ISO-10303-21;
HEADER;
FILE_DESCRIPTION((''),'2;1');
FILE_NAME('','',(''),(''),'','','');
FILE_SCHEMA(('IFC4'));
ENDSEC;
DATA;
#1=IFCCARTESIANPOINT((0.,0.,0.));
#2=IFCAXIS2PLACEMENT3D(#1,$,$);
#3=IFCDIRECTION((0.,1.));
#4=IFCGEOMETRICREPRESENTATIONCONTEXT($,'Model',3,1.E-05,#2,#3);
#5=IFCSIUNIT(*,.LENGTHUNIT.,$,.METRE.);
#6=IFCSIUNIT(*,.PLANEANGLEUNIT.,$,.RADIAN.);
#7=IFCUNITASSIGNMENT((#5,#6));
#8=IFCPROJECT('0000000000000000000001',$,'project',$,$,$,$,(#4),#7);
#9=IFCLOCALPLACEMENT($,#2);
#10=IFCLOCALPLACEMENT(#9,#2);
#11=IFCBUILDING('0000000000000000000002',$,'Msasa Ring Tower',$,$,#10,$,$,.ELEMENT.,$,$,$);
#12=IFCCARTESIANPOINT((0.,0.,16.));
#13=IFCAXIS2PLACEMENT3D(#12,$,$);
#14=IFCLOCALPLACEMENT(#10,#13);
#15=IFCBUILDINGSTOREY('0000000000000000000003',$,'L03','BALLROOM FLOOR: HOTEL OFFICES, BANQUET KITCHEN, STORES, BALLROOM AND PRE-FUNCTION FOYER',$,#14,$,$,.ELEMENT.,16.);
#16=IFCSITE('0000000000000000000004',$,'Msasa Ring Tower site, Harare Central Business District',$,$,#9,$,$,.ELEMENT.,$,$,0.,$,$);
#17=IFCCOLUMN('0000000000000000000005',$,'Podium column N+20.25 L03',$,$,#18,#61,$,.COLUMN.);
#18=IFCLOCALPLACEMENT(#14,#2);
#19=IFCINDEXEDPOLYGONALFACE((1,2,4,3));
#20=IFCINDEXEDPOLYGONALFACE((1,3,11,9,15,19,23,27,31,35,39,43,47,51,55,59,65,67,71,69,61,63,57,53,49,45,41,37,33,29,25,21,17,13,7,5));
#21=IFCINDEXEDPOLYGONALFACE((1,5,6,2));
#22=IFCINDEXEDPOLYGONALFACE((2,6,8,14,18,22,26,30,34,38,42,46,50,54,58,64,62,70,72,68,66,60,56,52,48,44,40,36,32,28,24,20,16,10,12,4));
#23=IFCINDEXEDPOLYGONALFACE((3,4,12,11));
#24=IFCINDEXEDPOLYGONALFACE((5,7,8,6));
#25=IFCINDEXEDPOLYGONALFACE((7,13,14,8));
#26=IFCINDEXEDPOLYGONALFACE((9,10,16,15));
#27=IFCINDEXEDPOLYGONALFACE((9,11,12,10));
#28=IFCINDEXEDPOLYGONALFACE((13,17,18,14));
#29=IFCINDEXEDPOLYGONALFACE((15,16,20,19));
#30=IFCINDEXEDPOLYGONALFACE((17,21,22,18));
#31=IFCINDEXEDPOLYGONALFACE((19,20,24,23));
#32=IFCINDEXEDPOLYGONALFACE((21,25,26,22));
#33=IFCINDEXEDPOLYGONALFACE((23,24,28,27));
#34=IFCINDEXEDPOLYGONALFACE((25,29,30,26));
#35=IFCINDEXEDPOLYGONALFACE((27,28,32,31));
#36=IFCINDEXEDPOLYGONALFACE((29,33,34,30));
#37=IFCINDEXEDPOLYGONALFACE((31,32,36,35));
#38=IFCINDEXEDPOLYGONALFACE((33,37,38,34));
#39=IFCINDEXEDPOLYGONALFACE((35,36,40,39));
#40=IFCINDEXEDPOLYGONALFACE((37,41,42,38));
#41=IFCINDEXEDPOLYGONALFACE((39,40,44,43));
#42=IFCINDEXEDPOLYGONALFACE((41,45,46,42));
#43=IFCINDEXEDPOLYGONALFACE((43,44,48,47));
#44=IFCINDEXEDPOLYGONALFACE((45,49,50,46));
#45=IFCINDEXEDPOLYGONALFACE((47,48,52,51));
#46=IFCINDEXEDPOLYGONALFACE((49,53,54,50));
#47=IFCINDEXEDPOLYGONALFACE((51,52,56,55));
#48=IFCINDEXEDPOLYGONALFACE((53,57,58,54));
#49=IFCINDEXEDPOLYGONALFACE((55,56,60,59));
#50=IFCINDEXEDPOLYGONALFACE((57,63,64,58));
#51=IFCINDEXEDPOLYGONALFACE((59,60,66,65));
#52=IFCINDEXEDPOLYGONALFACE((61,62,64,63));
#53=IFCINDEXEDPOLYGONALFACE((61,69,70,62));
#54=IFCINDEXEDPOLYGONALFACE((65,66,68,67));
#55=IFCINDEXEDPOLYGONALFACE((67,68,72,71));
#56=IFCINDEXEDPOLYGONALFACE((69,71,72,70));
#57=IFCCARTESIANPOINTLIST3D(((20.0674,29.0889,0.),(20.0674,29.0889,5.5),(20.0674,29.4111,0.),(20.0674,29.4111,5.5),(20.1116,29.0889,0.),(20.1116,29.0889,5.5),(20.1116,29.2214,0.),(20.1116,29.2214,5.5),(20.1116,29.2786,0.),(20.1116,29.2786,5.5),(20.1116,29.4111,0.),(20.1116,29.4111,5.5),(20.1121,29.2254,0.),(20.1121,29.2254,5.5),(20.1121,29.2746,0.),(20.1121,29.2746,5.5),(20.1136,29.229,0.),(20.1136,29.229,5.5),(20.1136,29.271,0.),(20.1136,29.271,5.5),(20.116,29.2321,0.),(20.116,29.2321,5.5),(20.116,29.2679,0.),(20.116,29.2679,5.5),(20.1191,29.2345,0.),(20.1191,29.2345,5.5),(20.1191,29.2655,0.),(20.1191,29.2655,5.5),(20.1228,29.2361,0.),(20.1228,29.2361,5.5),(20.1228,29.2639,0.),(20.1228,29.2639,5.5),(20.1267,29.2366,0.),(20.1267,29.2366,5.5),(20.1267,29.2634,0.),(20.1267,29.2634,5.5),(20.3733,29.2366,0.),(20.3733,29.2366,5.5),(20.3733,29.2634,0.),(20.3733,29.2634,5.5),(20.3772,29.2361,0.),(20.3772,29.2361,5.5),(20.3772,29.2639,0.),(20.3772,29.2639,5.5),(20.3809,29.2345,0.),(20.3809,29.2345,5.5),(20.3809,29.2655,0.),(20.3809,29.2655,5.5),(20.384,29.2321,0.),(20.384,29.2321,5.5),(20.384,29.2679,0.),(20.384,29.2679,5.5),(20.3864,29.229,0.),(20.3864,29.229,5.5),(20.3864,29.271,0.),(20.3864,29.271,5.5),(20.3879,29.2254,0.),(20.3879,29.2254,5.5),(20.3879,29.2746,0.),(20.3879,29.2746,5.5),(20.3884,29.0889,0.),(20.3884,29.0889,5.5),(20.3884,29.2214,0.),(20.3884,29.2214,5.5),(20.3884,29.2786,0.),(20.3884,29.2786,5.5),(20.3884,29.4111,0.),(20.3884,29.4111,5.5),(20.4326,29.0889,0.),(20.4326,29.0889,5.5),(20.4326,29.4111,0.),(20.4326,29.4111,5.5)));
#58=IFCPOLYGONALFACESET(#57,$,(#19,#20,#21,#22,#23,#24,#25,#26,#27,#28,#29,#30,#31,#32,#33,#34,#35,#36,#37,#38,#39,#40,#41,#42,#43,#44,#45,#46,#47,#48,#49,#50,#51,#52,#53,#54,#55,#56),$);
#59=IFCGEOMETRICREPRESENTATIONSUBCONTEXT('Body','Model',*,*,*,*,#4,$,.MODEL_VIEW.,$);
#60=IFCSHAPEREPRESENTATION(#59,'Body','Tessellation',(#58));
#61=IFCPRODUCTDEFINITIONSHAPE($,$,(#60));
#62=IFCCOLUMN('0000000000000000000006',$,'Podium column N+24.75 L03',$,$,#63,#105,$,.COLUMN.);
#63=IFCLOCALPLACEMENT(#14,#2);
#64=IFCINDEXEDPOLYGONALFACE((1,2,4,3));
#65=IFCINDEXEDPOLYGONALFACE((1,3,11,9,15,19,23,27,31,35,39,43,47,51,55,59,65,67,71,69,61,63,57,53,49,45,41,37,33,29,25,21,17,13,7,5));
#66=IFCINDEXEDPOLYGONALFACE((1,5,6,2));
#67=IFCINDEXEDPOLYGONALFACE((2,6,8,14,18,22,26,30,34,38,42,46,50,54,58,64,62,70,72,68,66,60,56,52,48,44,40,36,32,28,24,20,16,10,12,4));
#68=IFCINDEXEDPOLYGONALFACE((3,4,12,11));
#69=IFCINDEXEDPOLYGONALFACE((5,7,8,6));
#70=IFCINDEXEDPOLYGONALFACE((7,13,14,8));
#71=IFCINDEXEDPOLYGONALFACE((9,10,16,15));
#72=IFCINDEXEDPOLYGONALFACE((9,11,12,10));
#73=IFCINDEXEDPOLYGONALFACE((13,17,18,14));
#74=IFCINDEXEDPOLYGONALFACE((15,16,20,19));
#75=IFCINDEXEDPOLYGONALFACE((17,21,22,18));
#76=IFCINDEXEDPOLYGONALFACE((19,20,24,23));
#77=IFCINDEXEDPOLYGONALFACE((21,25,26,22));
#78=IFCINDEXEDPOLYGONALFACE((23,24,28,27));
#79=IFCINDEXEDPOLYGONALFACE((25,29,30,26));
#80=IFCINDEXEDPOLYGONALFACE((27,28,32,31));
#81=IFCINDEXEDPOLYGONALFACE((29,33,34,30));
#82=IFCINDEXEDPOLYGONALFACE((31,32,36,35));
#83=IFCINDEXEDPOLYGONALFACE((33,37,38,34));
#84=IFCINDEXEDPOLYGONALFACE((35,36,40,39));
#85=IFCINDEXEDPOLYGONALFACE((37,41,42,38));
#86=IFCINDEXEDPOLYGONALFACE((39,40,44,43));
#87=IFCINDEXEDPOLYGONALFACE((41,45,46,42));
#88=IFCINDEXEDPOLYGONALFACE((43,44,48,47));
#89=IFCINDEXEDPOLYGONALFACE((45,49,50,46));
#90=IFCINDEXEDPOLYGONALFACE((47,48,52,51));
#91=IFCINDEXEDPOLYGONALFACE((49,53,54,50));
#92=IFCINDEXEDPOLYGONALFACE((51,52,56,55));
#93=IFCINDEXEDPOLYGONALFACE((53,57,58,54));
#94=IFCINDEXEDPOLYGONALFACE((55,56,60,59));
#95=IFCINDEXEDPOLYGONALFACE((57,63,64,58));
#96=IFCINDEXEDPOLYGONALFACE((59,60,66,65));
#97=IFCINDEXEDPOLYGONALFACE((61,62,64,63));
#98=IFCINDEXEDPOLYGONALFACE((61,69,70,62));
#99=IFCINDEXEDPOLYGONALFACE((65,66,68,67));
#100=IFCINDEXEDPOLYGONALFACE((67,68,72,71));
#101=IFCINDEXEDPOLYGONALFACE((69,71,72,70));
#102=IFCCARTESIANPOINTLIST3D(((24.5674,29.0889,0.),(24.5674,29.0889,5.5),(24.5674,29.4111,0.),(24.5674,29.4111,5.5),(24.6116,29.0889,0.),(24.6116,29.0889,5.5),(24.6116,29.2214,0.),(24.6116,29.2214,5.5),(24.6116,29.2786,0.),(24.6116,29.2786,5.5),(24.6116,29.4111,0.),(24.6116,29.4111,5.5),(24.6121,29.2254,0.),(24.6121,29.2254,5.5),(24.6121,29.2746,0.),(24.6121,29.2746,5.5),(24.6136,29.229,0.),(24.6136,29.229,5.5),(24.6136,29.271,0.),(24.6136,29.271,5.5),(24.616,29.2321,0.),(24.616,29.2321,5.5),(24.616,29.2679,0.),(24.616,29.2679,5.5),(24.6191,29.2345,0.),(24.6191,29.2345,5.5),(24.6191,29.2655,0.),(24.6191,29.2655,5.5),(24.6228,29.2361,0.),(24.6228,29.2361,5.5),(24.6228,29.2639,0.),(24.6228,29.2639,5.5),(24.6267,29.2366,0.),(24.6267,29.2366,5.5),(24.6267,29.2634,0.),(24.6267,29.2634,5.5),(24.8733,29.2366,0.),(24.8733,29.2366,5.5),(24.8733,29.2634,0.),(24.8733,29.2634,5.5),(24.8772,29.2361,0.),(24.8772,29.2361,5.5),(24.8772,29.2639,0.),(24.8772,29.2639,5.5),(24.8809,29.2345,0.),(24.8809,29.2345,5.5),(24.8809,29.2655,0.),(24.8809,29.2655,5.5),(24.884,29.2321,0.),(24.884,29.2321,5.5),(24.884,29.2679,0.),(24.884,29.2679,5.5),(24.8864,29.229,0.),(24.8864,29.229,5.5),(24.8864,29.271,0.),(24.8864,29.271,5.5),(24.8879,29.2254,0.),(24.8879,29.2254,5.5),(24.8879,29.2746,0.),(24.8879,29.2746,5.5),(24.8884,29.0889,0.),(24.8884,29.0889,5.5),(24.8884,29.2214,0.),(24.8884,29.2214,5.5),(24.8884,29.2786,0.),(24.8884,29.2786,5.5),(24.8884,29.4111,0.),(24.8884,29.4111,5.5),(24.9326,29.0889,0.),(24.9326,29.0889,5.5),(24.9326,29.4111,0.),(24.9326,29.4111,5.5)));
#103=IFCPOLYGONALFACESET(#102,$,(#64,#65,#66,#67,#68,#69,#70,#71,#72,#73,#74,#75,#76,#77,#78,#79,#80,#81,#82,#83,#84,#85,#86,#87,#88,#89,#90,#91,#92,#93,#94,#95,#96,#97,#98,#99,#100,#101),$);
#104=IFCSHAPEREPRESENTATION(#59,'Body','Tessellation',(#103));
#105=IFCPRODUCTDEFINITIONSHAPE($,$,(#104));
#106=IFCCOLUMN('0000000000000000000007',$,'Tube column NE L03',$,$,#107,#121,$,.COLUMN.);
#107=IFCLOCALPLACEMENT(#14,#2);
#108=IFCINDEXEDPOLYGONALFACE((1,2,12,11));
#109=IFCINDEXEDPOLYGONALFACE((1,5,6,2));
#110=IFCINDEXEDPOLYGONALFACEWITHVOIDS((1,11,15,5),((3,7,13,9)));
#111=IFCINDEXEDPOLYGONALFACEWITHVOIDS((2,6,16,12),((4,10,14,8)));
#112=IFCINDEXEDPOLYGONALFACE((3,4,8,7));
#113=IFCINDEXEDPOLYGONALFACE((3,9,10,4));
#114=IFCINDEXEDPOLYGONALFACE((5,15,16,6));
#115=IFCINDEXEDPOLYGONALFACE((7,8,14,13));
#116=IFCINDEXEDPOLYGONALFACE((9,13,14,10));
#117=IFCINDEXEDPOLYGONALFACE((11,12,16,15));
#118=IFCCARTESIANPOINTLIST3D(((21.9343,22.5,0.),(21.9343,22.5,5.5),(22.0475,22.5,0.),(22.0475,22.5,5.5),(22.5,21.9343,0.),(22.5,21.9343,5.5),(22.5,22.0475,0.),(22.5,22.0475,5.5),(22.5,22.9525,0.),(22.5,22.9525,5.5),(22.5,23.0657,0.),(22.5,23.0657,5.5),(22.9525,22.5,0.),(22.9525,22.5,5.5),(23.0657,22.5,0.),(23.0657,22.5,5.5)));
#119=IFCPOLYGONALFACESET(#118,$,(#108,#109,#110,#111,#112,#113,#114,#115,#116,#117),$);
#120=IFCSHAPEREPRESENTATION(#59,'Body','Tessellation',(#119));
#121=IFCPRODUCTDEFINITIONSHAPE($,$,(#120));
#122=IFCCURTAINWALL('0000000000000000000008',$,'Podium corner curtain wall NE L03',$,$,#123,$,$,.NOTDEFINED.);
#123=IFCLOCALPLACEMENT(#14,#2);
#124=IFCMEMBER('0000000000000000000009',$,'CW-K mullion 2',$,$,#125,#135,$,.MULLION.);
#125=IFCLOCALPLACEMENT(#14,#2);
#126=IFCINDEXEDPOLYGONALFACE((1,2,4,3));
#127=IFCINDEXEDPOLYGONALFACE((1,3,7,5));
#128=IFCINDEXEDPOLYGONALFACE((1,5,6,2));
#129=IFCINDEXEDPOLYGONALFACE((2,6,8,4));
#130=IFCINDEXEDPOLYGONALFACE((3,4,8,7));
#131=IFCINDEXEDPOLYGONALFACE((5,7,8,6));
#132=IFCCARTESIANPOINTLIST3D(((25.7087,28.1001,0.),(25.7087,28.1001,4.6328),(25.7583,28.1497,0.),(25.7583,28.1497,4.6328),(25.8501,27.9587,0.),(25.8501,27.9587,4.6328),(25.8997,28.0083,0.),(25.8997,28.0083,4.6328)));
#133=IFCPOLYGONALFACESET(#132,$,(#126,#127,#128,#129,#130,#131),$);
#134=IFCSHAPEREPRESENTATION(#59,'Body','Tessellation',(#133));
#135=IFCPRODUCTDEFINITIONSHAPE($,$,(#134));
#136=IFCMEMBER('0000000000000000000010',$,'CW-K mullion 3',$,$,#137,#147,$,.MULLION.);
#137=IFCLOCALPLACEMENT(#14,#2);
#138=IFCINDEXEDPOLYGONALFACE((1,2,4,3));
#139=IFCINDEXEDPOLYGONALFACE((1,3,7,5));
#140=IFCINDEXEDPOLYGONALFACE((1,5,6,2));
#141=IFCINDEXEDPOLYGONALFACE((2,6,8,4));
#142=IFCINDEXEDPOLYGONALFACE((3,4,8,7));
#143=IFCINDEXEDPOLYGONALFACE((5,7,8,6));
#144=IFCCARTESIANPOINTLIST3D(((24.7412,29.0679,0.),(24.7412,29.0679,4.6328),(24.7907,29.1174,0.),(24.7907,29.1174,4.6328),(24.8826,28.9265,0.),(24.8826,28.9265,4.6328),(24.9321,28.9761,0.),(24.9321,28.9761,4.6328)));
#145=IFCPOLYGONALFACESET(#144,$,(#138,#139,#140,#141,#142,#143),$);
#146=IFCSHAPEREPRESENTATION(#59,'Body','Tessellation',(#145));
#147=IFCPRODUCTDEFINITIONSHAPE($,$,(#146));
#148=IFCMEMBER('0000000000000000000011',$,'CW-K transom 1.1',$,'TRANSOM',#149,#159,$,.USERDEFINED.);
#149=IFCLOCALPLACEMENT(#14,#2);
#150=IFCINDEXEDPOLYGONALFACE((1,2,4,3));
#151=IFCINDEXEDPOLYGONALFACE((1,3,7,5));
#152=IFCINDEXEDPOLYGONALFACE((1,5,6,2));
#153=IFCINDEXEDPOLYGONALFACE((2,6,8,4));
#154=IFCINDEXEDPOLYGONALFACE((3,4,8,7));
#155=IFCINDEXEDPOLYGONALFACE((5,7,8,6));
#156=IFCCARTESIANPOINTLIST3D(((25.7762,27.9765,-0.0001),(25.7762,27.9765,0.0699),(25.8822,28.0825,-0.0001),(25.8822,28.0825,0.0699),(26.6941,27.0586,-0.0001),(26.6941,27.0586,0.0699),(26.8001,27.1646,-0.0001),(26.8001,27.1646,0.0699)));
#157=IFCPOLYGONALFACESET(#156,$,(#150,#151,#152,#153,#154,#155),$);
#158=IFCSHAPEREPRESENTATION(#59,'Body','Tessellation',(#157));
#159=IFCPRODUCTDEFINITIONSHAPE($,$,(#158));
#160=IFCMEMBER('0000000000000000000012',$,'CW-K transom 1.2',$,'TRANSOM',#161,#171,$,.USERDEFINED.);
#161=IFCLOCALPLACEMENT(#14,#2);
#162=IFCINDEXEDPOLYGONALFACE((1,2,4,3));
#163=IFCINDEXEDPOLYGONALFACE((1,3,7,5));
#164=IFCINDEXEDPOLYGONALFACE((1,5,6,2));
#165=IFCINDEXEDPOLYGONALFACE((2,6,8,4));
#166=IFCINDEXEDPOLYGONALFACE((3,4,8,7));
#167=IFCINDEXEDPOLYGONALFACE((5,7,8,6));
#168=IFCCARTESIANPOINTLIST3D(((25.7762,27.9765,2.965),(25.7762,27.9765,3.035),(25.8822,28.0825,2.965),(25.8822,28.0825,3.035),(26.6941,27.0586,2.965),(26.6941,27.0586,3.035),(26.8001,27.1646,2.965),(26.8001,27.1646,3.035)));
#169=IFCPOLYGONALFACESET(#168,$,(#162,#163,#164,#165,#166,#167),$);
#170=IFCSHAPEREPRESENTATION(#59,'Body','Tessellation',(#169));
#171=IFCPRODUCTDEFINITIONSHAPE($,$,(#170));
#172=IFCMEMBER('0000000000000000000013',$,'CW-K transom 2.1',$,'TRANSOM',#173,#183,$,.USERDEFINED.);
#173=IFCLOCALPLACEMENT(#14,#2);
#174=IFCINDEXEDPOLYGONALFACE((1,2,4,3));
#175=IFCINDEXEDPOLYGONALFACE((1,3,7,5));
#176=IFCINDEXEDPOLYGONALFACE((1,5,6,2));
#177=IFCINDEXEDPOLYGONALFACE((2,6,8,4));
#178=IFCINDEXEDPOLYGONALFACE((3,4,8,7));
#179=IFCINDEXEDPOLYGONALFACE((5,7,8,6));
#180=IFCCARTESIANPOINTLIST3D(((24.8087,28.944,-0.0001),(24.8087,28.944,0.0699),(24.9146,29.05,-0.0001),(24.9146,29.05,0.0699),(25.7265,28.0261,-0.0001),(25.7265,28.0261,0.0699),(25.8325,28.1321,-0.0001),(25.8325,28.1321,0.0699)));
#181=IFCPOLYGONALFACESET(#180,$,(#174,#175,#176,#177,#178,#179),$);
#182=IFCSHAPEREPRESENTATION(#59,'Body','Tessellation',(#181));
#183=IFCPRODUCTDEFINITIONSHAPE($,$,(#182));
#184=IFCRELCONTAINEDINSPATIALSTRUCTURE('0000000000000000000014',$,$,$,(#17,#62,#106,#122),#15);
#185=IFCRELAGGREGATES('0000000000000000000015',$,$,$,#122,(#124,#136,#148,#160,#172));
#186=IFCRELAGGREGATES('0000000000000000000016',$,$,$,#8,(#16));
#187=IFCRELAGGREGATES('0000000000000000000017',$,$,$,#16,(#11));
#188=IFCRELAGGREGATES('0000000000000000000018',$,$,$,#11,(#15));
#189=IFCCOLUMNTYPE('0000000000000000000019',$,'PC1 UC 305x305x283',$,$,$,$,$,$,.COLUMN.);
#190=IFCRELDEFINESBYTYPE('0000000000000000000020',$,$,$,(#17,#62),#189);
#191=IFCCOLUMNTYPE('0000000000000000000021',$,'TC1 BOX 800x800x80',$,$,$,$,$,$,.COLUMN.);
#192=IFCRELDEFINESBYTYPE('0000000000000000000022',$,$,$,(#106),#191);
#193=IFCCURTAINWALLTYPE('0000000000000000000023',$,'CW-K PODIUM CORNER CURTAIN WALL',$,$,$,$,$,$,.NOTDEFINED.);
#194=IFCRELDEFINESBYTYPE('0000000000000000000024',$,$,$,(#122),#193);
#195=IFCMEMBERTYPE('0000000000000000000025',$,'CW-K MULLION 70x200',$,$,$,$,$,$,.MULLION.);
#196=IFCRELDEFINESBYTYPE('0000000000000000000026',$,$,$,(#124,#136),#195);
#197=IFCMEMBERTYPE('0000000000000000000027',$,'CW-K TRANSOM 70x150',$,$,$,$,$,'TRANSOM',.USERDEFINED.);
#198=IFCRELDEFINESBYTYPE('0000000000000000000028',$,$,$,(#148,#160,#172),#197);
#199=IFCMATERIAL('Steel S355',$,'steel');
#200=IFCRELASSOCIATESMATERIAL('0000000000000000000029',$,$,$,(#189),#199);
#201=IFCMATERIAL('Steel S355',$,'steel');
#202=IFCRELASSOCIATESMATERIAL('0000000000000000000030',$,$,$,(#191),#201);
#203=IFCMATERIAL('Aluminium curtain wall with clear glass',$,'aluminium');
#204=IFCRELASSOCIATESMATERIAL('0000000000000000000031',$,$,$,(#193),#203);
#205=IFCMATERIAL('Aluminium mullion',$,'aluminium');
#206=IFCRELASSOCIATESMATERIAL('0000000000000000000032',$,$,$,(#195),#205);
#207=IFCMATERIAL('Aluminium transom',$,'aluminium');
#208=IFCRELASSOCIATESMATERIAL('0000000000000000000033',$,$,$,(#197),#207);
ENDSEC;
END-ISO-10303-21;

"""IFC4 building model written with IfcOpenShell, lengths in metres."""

from ifc_helpers import new_model, si_unit, direction, frame, origin, origin_2d, place, context, subcontext, project, spatial, rectangle, hollow_rectangle, i_section, extrude, material, material_profile, profile_set, type_object, element, aggregate, save


model = new_model("IFC4")

# Units and contexts
model_context = context("Model", 3, precision=1e-05, world=origin(), true_north=direction((0.0, 1.0)))
body_context = subcontext(model_context, "Body", "Model", "MODEL_VIEW")
ifc_project = project(units=[si_unit("LENGTHUNIT", "METRE"), si_unit("PLANEANGLEUNIT", "RADIAN")], contexts=[model_context])

# Site, building, storey
site_placement = place(None, origin())
site = spatial("IfcSite", under=ifc_project, at=site_placement, Name="Msasa Ring Tower site, Harare Central Business District", CompositionType="ELEMENT", RefElevation=0.0)
building_placement = place(site_placement, origin())
building = spatial("IfcBuilding", under=site, at=building_placement, Name="Msasa Ring Tower", CompositionType="ELEMENT")
storey_placement = place(building_placement, frame((0.0, 0.0, 16.0)))
storey = spatial("IfcBuildingStorey", under=building, at=storey_placement, Name="L03", Description="BALLROOM FLOOR: HOTEL OFFICES, BANQUET KITCHEN, STORES, BALLROOM AND PRE-FUNCTION FOYER", CompositionType="ELEMENT", Elevation=16.0)

# Columns
ifc_material_1 = material(Name="Steel S355", Category="steel")
ifc_material_profile_1 = material_profile(ifc_material_1, i_section(OverallWidth=0.3223, OverallDepth=0.3652, WebThickness=0.0269, FlangeThickness=0.0442, FilletRadius=0.0151, at=origin_2d()), Name="UC 305x305x283")
ifc_profile_set_1 = profile_set([ifc_material_profile_1], Name="Steel S355")
column_type_1 = type_object("IfcColumnType", Name="PC1 UC 305x305x283", PredefinedType="COLUMN", material=ifc_profile_set_1)
for number, where, z_axis, x_axis, name in (
    (1, (20.25, 29.25, 0.0), (0.0, 0.0, 1.0), (0.0, 1.0, 0.0), "Podium column N+20.25 L03"),
    (2, (24.75, 29.25, 0.0), (0.0, 0.0, 1.0), (0.0, 1.0, 0.0), "Podium column N+24.75 L03"),
):
    element("IfcColumn", number, at=place(storey_placement, frame(where, z_axis=z_axis, x_axis=x_axis)), inside=storey, type_object=column_type_1, Name=name, PredefinedType="COLUMN", context=body_context, shape_type="SweptSolid", body=[
        extrude(i_section(OverallWidth=0.3223, OverallDepth=0.3652, WebThickness=0.0269, FlangeThickness=0.0442, FilletRadius=0.0151, at=origin_2d()), origin(), (0.0, 0.0, 1.0), 5.5),
    ])
ifc_material_2 = material(Name="Steel S355", Category="steel")
ifc_material_profile_2 = material_profile(ifc_material_2, hollow_rectangle(XDim=0.8, YDim=0.8, WallThickness=0.0801, at=origin_2d()), Name="BOX 800x800x80")
ifc_profile_set_2 = profile_set([ifc_material_profile_2], Name="Steel S355")
column_type_2 = type_object("IfcColumnType", Name="TC1 BOX 800x800x80", PredefinedType="COLUMN", material=ifc_profile_set_2)
column_placement = place(storey_placement, frame((22.5, 22.5, 0.0), z_axis=(0.0, 0.0, 1.0), x_axis=(0.707107, 0.707107, 0.0)))
element("IfcColumn", 3, at=column_placement, inside=storey, type_object=column_type_2, Name="Tube column NE L03", PredefinedType="COLUMN", context=body_context, shape_type="SweptSolid", body=[
    extrude(hollow_rectangle(XDim=0.8, YDim=0.8, WallThickness=0.0801, at=origin_2d()), origin(), (0.0, 0.0, 1.0), 5.5),
])

# Curtain wall, members
ifc_material_3 = material(Name="Aluminium curtain wall with clear glass", Category="aluminium")
curtain_wall_type = type_object("IfcCurtainWallType", Name="CW-K PODIUM CORNER CURTAIN WALL", PredefinedType="NOTDEFINED", material=ifc_material_3)
curtain_wall_placement = place(storey_placement, origin())
curtain_wall = element("IfcCurtainWall", 4, at=curtain_wall_placement, inside=storey, type_object=curtain_wall_type, Name="Podium corner curtain wall NE L03", PredefinedType="NOTDEFINED")
ifc_material_4 = material(Name="Aluminium mullion", Category="aluminium")
ifc_material_profile_3 = material_profile(ifc_material_4, rectangle(XDim=0.0701, YDim=0.2, at=origin_2d()), Name="AL 70x200")
ifc_profile_set_3 = profile_set([ifc_material_profile_3], Name="Aluminium mullion")
member_type_1 = type_object("IfcMemberType", Name="CW-K MULLION 70x200", PredefinedType="MULLION", material=ifc_profile_set_3)
member_1_placement = place(storey_placement, frame((25.8042, 28.0542, 0.0), z_axis=(0.0, 0.0, 1.0), x_axis=(-0.707107, -0.707107, 0.0)))
member_1 = element("IfcMember", 5, at=member_1_placement, type_object=member_type_1, Name="CW-K mullion 2", PredefinedType="MULLION", context=body_context, shape_type="SweptSolid", body=[
    extrude(rectangle(XDim=0.0701, YDim=0.2, at=origin_2d()), origin(), (0.0, 0.0, 1.0), 4.6328),
])
member_2_placement = place(storey_placement, frame((24.8367, 29.022, 0.0), z_axis=(0.0, 0.0, 1.0), x_axis=(-0.707107, -0.707107, 0.0)))
member_2 = element("IfcMember", 6, at=member_2_placement, type_object=member_type_1, Name="CW-K mullion 3", PredefinedType="MULLION", context=body_context, shape_type="SweptSolid", body=[
    extrude(rectangle(XDim=0.0701, YDim=0.2, at=origin_2d()), origin(), (0.0, 0.0, 1.0), 4.6328),
])
ifc_material_5 = material(Name="Aluminium transom", Category="aluminium")
ifc_material_profile_4 = material_profile(ifc_material_5, rectangle(XDim=0.1499, YDim=0.0701, at=origin_2d()), Name="AL 70x150")
ifc_profile_set_4 = profile_set([ifc_material_profile_4], Name="Aluminium transom")
member_type_2 = type_object("IfcMemberType", Name="CW-K TRANSOM 70x150", ElementType="TRANSOM", PredefinedType="USERDEFINED", material=ifc_profile_set_4)
member_3_placement = place(storey_placement, frame((26.7471, 27.1116, 0.0349), z_axis=(-0.707107, 0.707107, 0.0), x_axis=(-0.707107, -0.707107, 0.0)))
member_3 = element("IfcMember", 7, at=member_3_placement, type_object=member_type_2, Name="CW-K transom 1.1", ObjectType="TRANSOM", PredefinedType="USERDEFINED", context=body_context, shape_type="SweptSolid", body=[
    extrude(rectangle(XDim=0.1499, YDim=0.0701, at=origin_2d()), origin(), (0.0, 0.0, 1.0), 1.2981),
])
member_4_placement = place(storey_placement, frame((26.7471, 27.1116, 3.0), z_axis=(-0.707107, 0.707107, 0.0), x_axis=(-0.707107, -0.707107, 0.0)))
member_4 = element("IfcMember", 8, at=member_4_placement, type_object=member_type_2, Name="CW-K transom 1.2", ObjectType="TRANSOM", PredefinedType="USERDEFINED", context=body_context, shape_type="SweptSolid", body=[
    extrude(rectangle(XDim=0.1499, YDim=0.0701, at=origin_2d()), origin(), (0.0, 0.0, 1.0), 1.2981),
])
member_5_placement = place(storey_placement, frame((25.7795, 28.0791, 0.0349), z_axis=(-0.707107, 0.707107, 0.0), x_axis=(-0.707107, -0.707107, 0.0)))
member_5 = element("IfcMember", 9, at=member_5_placement, type_object=member_type_2, Name="CW-K transom 2.1", ObjectType="TRANSOM", PredefinedType="USERDEFINED", context=body_context, shape_type="SweptSolid", body=[
    extrude(rectangle(XDim=0.1499, YDim=0.0701, at=origin_2d()), origin(), (0.0, 0.0, 1.0), 1.2981),
])

aggregate(curtain_wall, [member_1, member_2, member_3, member_4, member_5])

save(model, "model.ifc")
